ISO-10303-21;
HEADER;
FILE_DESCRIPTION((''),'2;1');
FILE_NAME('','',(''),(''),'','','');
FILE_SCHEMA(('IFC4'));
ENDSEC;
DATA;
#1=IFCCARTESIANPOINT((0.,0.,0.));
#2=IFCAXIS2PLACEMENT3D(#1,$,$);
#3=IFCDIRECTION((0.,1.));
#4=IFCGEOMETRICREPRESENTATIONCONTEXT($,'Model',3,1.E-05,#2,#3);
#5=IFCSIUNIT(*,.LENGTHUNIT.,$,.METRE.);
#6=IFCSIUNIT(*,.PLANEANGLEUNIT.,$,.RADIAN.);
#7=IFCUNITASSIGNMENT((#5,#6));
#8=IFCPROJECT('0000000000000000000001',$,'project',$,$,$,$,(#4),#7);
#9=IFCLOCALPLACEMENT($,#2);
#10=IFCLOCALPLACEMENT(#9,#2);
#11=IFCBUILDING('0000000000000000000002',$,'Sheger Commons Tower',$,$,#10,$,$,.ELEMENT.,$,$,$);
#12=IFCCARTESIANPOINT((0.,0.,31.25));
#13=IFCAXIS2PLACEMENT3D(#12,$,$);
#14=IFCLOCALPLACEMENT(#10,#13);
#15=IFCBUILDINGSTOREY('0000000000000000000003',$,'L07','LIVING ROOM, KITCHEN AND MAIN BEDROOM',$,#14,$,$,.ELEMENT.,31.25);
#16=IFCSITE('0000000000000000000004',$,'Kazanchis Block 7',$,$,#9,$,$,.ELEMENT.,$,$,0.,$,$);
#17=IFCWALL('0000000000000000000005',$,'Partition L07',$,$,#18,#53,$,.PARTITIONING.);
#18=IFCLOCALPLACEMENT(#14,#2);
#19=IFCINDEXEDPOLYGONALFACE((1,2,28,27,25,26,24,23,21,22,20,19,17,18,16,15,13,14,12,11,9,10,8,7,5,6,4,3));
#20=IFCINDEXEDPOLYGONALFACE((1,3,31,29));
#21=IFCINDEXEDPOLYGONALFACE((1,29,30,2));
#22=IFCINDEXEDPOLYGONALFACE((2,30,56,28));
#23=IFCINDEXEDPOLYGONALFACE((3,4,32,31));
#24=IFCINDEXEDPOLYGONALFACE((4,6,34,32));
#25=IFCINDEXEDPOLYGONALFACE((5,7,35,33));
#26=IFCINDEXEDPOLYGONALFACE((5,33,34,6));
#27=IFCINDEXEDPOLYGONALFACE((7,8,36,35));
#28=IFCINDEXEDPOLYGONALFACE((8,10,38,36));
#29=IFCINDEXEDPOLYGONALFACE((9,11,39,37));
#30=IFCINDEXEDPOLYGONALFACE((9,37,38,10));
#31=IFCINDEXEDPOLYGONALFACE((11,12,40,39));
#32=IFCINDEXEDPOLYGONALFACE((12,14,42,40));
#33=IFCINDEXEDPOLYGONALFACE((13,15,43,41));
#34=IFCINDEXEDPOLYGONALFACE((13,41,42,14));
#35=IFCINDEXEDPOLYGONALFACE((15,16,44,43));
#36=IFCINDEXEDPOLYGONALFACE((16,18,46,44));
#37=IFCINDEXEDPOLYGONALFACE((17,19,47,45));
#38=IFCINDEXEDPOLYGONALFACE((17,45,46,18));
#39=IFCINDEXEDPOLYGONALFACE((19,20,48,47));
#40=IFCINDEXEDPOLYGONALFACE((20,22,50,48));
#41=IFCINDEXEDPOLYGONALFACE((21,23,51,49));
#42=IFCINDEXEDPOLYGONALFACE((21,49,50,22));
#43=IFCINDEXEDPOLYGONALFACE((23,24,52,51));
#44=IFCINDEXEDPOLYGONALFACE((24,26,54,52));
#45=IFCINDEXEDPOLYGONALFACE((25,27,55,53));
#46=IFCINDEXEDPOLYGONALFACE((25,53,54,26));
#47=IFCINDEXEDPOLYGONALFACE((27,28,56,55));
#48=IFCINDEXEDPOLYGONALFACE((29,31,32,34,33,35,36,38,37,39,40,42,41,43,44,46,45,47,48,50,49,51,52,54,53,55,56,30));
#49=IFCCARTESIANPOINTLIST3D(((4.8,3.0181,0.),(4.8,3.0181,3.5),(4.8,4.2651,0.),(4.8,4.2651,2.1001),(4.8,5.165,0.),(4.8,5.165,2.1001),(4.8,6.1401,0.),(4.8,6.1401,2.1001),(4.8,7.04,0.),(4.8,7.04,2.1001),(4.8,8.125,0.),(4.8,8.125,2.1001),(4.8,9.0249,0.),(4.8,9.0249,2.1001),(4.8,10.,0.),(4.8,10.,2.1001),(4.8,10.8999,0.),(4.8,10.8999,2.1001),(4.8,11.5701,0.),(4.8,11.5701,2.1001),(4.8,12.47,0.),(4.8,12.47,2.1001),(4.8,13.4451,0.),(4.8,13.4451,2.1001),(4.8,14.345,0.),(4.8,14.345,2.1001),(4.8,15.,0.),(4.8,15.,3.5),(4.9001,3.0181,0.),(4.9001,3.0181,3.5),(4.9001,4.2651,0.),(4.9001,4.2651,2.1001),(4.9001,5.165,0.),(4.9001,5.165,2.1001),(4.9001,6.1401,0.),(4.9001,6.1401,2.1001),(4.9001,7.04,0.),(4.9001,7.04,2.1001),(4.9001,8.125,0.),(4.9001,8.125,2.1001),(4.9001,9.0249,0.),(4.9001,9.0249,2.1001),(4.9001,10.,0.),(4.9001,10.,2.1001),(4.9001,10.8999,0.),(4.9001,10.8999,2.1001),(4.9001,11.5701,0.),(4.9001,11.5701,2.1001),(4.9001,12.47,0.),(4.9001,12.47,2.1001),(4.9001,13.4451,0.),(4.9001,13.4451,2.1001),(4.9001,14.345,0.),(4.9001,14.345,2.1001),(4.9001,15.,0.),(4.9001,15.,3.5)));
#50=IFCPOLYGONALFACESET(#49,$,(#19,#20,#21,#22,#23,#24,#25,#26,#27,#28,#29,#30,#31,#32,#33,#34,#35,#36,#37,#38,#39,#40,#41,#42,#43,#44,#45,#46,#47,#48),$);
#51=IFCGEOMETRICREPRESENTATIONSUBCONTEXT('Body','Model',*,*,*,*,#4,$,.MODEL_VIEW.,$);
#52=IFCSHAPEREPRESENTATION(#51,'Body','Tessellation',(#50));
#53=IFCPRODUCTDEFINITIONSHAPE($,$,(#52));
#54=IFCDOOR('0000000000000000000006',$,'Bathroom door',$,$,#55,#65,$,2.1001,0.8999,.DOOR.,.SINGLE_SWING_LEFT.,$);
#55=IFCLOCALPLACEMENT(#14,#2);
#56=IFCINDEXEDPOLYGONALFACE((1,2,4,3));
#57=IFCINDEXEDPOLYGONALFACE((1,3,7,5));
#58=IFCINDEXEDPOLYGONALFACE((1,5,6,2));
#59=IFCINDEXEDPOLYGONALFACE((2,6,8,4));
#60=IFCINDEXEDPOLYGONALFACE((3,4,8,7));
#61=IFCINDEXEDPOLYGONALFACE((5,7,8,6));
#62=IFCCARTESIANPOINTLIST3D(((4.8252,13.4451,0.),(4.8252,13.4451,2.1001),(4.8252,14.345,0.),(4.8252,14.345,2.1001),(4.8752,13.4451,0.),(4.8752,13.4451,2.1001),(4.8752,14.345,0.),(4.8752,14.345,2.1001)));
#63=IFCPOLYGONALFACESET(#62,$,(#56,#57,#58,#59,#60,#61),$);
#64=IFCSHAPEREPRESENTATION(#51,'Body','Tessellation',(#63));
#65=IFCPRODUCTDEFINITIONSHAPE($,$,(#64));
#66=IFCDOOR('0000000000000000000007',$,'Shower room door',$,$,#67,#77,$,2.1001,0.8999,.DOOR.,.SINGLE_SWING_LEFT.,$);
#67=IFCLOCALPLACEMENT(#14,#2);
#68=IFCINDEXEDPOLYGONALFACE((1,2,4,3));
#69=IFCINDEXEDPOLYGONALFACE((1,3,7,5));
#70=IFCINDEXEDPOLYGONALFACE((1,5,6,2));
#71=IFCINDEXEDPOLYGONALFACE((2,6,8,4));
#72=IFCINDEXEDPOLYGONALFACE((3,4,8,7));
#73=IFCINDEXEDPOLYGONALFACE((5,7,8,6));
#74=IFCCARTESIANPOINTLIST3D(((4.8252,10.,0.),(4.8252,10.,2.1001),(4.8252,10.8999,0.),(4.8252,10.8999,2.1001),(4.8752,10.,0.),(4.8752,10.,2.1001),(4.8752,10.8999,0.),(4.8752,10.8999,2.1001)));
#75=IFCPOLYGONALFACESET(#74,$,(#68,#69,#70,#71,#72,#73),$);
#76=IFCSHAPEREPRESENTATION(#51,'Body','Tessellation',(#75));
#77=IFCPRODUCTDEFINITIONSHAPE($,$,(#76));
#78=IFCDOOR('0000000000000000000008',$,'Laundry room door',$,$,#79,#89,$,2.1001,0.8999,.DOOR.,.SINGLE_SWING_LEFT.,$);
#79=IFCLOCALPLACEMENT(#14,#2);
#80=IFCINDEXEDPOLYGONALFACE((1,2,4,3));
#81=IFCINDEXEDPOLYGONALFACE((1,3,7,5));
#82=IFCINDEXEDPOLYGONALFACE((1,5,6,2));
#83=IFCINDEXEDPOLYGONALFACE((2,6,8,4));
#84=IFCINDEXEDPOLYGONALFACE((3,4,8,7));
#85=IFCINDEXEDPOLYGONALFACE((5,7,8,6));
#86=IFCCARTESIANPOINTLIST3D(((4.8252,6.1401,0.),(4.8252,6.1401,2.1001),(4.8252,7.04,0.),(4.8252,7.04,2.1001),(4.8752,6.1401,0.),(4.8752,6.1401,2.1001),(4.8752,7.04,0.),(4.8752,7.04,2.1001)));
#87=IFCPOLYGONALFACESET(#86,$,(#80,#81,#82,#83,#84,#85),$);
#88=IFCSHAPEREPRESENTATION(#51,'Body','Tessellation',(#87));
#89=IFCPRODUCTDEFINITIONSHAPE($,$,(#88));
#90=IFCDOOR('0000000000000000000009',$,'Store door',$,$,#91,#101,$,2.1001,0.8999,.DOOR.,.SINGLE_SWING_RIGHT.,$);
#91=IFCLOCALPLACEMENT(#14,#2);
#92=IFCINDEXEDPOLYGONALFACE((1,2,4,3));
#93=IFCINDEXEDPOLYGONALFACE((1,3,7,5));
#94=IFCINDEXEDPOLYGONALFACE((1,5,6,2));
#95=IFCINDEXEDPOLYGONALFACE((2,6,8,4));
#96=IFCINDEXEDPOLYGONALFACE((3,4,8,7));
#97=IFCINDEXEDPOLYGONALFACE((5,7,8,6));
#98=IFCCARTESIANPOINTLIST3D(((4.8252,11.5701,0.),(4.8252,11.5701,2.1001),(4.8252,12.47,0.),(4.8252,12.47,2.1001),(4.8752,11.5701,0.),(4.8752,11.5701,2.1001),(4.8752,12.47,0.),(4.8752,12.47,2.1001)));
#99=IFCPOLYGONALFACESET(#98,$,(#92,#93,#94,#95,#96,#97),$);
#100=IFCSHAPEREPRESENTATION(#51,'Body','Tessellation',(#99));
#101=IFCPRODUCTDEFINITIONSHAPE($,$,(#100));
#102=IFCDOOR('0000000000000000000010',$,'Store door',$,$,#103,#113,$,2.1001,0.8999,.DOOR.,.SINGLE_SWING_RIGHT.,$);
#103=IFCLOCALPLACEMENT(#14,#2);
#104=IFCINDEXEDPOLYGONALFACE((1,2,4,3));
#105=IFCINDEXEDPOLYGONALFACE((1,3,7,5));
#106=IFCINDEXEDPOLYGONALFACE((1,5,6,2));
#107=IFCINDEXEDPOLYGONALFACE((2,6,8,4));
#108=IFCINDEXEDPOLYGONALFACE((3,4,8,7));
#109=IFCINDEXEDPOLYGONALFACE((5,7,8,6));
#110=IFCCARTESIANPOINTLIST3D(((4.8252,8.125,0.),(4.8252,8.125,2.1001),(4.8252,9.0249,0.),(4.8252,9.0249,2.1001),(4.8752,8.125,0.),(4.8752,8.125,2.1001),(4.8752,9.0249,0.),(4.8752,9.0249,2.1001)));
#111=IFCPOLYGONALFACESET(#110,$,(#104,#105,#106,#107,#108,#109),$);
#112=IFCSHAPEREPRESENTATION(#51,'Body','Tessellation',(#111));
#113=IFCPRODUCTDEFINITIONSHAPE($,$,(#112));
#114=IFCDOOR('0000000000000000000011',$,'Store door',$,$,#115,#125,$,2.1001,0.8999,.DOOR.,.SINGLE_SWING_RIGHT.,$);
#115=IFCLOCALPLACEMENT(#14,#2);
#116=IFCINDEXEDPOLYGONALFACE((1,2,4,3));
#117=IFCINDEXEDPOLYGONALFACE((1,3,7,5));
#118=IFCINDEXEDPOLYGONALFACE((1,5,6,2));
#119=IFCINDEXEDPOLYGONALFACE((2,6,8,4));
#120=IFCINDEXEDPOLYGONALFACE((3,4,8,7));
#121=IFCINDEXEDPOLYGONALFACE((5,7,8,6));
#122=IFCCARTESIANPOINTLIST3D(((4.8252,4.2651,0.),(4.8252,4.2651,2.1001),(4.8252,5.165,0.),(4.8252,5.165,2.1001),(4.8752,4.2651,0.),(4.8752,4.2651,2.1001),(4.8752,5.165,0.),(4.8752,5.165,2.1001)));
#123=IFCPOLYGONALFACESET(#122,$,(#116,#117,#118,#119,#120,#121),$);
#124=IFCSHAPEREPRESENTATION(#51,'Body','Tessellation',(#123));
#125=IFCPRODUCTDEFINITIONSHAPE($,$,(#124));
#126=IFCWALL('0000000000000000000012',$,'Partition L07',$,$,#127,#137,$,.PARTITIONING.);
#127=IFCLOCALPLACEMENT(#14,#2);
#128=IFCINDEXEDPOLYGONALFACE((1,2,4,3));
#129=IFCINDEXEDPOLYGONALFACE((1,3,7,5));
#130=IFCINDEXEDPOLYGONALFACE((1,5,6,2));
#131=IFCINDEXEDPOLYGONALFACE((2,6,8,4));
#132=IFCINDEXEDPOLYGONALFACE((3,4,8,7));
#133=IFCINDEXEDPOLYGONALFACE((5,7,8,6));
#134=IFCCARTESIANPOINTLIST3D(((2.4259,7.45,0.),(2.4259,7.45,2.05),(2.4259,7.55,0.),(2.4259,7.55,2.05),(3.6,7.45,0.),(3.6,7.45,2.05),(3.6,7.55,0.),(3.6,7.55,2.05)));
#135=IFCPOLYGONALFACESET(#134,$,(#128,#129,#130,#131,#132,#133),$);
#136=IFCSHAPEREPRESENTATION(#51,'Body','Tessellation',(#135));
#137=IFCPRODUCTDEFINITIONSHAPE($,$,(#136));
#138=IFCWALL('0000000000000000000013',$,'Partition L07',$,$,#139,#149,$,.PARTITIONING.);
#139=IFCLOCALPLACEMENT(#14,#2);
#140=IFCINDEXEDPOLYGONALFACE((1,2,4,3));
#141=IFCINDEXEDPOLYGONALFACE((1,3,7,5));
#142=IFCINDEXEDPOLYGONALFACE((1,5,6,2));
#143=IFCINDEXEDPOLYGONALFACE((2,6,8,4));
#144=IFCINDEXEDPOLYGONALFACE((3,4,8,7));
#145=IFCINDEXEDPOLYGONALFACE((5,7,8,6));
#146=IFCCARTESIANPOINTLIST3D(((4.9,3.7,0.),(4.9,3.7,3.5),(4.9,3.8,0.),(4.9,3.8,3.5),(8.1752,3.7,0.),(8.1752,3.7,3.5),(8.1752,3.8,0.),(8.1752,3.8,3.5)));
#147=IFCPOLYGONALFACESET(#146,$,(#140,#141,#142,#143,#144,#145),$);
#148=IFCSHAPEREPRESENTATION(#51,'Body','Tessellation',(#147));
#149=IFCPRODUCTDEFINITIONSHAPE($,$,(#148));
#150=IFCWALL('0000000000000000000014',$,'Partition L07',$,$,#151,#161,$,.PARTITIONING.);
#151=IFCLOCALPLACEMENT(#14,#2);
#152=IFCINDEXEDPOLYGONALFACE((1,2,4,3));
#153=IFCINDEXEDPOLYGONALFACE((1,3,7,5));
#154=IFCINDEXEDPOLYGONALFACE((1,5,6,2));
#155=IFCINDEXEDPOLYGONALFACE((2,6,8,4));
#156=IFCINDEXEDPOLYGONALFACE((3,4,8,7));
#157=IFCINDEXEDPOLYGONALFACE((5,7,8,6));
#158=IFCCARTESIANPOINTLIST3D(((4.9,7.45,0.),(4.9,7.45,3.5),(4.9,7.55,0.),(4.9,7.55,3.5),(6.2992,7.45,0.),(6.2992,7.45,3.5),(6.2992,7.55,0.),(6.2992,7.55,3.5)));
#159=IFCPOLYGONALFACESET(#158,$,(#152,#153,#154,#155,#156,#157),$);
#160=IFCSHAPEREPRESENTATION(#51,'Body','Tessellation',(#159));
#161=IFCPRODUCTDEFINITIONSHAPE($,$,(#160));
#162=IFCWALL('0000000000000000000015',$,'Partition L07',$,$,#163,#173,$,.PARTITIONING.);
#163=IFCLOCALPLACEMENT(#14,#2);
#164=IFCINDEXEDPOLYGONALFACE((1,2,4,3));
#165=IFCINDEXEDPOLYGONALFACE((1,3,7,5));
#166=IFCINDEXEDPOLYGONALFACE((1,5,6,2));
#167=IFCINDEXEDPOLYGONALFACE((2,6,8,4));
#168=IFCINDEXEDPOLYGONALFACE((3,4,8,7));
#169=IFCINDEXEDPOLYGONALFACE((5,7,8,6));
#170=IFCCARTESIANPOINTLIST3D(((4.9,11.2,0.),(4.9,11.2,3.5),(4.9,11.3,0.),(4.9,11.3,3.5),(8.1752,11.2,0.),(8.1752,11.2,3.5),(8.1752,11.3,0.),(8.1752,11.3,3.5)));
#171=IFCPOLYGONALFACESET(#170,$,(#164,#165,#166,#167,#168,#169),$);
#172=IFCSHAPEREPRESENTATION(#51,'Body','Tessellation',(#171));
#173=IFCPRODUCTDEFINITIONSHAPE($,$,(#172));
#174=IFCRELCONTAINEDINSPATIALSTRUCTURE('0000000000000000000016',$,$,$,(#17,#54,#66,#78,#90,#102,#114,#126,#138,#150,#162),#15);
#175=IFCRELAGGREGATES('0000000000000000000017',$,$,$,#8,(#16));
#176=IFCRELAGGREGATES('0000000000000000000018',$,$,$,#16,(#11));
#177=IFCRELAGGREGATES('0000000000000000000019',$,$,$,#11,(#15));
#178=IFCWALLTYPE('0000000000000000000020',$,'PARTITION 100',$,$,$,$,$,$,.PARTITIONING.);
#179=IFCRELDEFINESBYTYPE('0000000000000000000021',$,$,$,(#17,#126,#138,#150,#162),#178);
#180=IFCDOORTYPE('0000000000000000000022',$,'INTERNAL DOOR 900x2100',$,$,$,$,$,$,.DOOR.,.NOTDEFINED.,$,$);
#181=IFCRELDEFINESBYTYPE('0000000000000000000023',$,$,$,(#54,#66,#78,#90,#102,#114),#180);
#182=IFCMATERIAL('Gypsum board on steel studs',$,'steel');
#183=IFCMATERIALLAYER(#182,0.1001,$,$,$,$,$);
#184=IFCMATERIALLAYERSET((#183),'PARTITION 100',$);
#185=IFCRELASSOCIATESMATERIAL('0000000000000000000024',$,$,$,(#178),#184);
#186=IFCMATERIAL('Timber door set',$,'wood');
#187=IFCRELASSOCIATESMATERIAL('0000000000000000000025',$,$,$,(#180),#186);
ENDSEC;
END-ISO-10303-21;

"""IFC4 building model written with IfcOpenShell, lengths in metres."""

from ifc_helpers import new_model, si_unit, direction, frame, frame_2d, origin, place, context, subcontext, project, spatial, rectangle, extrude, material, layer, layer_set, type_object, element, fill, save


model = new_model("IFC4")

# Units and contexts
model_context = context("Model", 3, precision=1e-05, world=origin(), true_north=direction((0.0, 1.0)))
body_context = subcontext(model_context, "Body", "Model", "MODEL_VIEW")
ifc_project = project(units=[si_unit("LENGTHUNIT", "METRE"), si_unit("PLANEANGLEUNIT", "RADIAN")], contexts=[model_context])

# Site, building, storey
site_placement = place(None, origin())
site = spatial("IfcSite", under=ifc_project, at=site_placement, Name="Kazanchis Block 7", CompositionType="ELEMENT", RefElevation=0.0)
building_placement = place(site_placement, origin())
building = spatial("IfcBuilding", under=site, at=building_placement, Name="Sheger Commons Tower", CompositionType="ELEMENT")
storey_placement = place(building_placement, frame((0.0, 0.0, 31.25)))
storey = spatial("IfcBuildingStorey", under=building, at=storey_placement, Name="L07", Description="LIVING ROOM, KITCHEN AND MAIN BEDROOM", CompositionType="ELEMENT", Elevation=31.25)

# Wall, openings, doors
ifc_material_1 = material(Name="Gypsum board on steel studs", Category="steel")
ifc_layer = layer(ifc_material_1, 0.1001)
ifc_layer_set = layer_set([ifc_layer], Name="PARTITION 100")
wall_type = type_object("IfcWallType", Name="PARTITION 100", PredefinedType="PARTITIONING", material=ifc_layer_set)
ifc_material_2 = material(Name="Timber door set", Category="wood")
door_type = type_object("IfcDoorType", Name="INTERNAL DOOR 900x2100", OperationType="NOTDEFINED", PredefinedType="DOOR", material=ifc_material_2)
wall_1_placement = place(storey_placement, frame((4.8501, 3.0181, 0.0), z_axis=(0.0, 0.0, 1.0), x_axis=(0.0, 1.0, 0.0)))
wall_1 = element("IfcWall", 1, at=wall_1_placement, inside=storey, type_object=wall_type, Name="Partition L07", PredefinedType="PARTITIONING", context=body_context, shape_type="SweptSolid", body=[
    extrude(rectangle(XDim=11.9819, YDim=0.1001, at=frame_2d((5.991, 0.0))), origin(), (0.0, 0.0, 1.0), 3.5),
])
opening_1_placement = place(wall_1_placement, frame((10.427, 0.0, 0.0)))
opening_1 = element("IfcOpeningElement", 2, at=opening_1_placement, cuts=wall_1, PredefinedType="OPENING", context=body_context, shape_type="SweptSolid", body=[
    extrude(rectangle(XDim=0.8999, YDim=2.1001, at=frame_2d((0.45, 1.05))), frame((0.0, 0.0601, 0.0), z_axis=(0.0, -1.0, 0.0), x_axis=(1.0, 0.0, 0.0)), (0.0, 0.0, 1.0), 0.1201),
])
opening_2_placement = place(wall_1_placement, frame((6.9819, 0.0, 0.0)))
opening_2 = element("IfcOpeningElement", 3, at=opening_2_placement, cuts=wall_1, PredefinedType="OPENING", context=body_context, shape_type="SweptSolid", body=[
    extrude(rectangle(XDim=0.8999, YDim=2.1001, at=frame_2d((0.45, 1.05))), frame((0.0, 0.0601, 0.0), z_axis=(0.0, -1.0, 0.0), x_axis=(1.0, 0.0, 0.0)), (0.0, 0.0, 1.0), 0.1201),
])
opening_3_placement = place(wall_1_placement, frame((3.1221, 0.0, 0.0)))
opening_3 = element("IfcOpeningElement", 4, at=opening_3_placement, cuts=wall_1, PredefinedType="OPENING", context=body_context, shape_type="SweptSolid", body=[
    extrude(rectangle(XDim=0.8999, YDim=2.1001, at=frame_2d((0.45, 1.05))), frame((0.0, 0.0601, 0.0), z_axis=(0.0, -1.0, 0.0), x_axis=(1.0, 0.0, 0.0)), (0.0, 0.0, 1.0), 0.1201),
])
opening_4_placement = place(wall_1_placement, frame((8.552, 0.0, 0.0)))
opening_4 = element("IfcOpeningElement", 5, at=opening_4_placement, cuts=wall_1, PredefinedType="OPENING", context=body_context, shape_type="SweptSolid", body=[
    extrude(rectangle(XDim=0.8999, YDim=2.1001, at=frame_2d((0.45, 1.05))), frame((0.0, 0.0601, 0.0), z_axis=(0.0, -1.0, 0.0), x_axis=(1.0, 0.0, 0.0)), (0.0, 0.0, 1.0), 0.1201),
])
opening_5_placement = place(wall_1_placement, frame((5.1069, 0.0, 0.0)))
opening_5 = element("IfcOpeningElement", 6, at=opening_5_placement, cuts=wall_1, PredefinedType="OPENING", context=body_context, shape_type="SweptSolid", body=[
    extrude(rectangle(XDim=0.8999, YDim=2.1001, at=frame_2d((0.45, 1.05))), frame((0.0, 0.0601, 0.0), z_axis=(0.0, -1.0, 0.0), x_axis=(1.0, 0.0, 0.0)), (0.0, 0.0, 1.0), 0.1201),
])
opening_6_placement = place(wall_1_placement, frame((1.2471, 0.0, 0.0)))
opening_6 = element("IfcOpeningElement", 7, at=opening_6_placement, cuts=wall_1, PredefinedType="OPENING", context=body_context, shape_type="SweptSolid", body=[
    extrude(rectangle(XDim=0.8999, YDim=2.1001, at=frame_2d((0.45, 1.05))), frame((0.0, 0.0601, 0.0), z_axis=(0.0, -1.0, 0.0), x_axis=(1.0, 0.0, 0.0)), (0.0, 0.0, 1.0), 0.1201),
])
door_1_placement = place(opening_1_placement, origin())
door_1 = element("IfcDoor", 8, at=door_1_placement, inside=storey, type_object=door_type, Name="Bathroom door", OperationType="SINGLE_SWING_LEFT", OverallHeight=2.1001, OverallWidth=0.8999, PredefinedType="DOOR", context=body_context, shape_type="SweptSolid", body=[
    extrude(rectangle(XDim=0.8999, YDim=2.1001, at=frame_2d((0.45, 1.05))), frame((0.0, 0.0249, 0.0), z_axis=(0.0, -1.0, 0.0), x_axis=(1.0, 0.0, 0.0)), (0.0, 0.0, 1.0), 0.05),
])
fill(opening_1, door_1)
door_2_placement = place(opening_2_placement, origin())
door_2 = element("IfcDoor", 9, at=door_2_placement, inside=storey, type_object=door_type, Name="Shower room door", OperationType="SINGLE_SWING_LEFT", OverallHeight=2.1001, OverallWidth=0.8999, PredefinedType="DOOR", context=body_context, shape_type="SweptSolid", body=[
    extrude(rectangle(XDim=0.8999, YDim=2.1001, at=frame_2d((0.45, 1.05))), frame((0.0, 0.0249, 0.0), z_axis=(0.0, -1.0, 0.0), x_axis=(1.0, 0.0, 0.0)), (0.0, 0.0, 1.0), 0.05),
])
fill(opening_2, door_2)
door_3_placement = place(opening_3_placement, origin())
door_3 = element("IfcDoor", 10, at=door_3_placement, inside=storey, type_object=door_type, Name="Laundry room door", OperationType="SINGLE_SWING_LEFT", OverallHeight=2.1001, OverallWidth=0.8999, PredefinedType="DOOR", context=body_context, shape_type="SweptSolid", body=[
    extrude(rectangle(XDim=0.8999, YDim=2.1001, at=frame_2d((0.45, 1.05))), frame((0.0, 0.0249, 0.0), z_axis=(0.0, -1.0, 0.0), x_axis=(1.0, 0.0, 0.0)), (0.0, 0.0, 1.0), 0.05),
])
fill(opening_3, door_3)
door_4_placement = place(opening_4_placement, origin())
door_4 = element("IfcDoor", 11, at=door_4_placement, inside=storey, type_object=door_type, Name="Store door", OperationType="SINGLE_SWING_RIGHT", OverallHeight=2.1001, OverallWidth=0.8999, PredefinedType="DOOR", context=body_context, shape_type="SweptSolid", body=[
    extrude(rectangle(XDim=0.8999, YDim=2.1001, at=frame_2d((0.45, 1.05))), frame((0.0, 0.0249, 0.0), z_axis=(0.0, -1.0, 0.0), x_axis=(1.0, 0.0, 0.0)), (0.0, 0.0, 1.0), 0.05),
])
fill(opening_4, door_4)
door_5_placement = place(opening_5_placement, origin())
door_5 = element("IfcDoor", 12, at=door_5_placement, inside=storey, type_object=door_type, Name="Store door", OperationType="SINGLE_SWING_RIGHT", OverallHeight=2.1001, OverallWidth=0.8999, PredefinedType="DOOR", context=body_context, shape_type="SweptSolid", body=[
    extrude(rectangle(XDim=0.8999, YDim=2.1001, at=frame_2d((0.45, 1.05))), frame((0.0, 0.0249, 0.0), z_axis=(0.0, -1.0, 0.0), x_axis=(1.0, 0.0, 0.0)), (0.0, 0.0, 1.0), 0.05),
])
fill(opening_5, door_5)
door_6_placement = place(opening_6_placement, origin())
door_6 = element("IfcDoor", 13, at=door_6_placement, inside=storey, type_object=door_type, Name="Store door", OperationType="SINGLE_SWING_RIGHT", OverallHeight=2.1001, OverallWidth=0.8999, PredefinedType="DOOR", context=body_context, shape_type="SweptSolid", body=[
    extrude(rectangle(XDim=0.8999, YDim=2.1001, at=frame_2d((0.45, 1.05))), frame((0.0, 0.0249, 0.0), z_axis=(0.0, -1.0, 0.0), x_axis=(1.0, 0.0, 0.0)), (0.0, 0.0, 1.0), 0.05),
])
fill(opening_6, door_6)

# Walls
wall_2_placement = place(storey_placement, frame((2.426, 7.5, 0.0), z_axis=(0.0, 0.0, 1.0), x_axis=(1.0, 0.0, 0.0)))
element("IfcWall", 14, at=wall_2_placement, inside=storey, type_object=wall_type, Name="Partition L07", PredefinedType="PARTITIONING", context=body_context, shape_type="SweptSolid", body=[
    extrude(rectangle(XDim=1.1741, YDim=0.1001, at=frame_2d((0.5869, 0.0))), origin(), (0.0, 0.0, 1.0), 2.05),
])
wall_3_placement = place(storey_placement, frame((4.8999, 3.75, 0.0), z_axis=(0.0, 0.0, 1.0), x_axis=(1.0, 0.0, 0.0)))
element("IfcWall", 15, at=wall_3_placement, inside=storey, type_object=wall_type, Name="Partition L07", PredefinedType="PARTITIONING", context=body_context, shape_type="SweptSolid", body=[
    extrude(rectangle(XDim=3.2751, YDim=0.1001, at=frame_2d((1.6377, 0.0))), origin(), (0.0, 0.0, 1.0), 3.5),
])
wall_4_placement = place(storey_placement, frame((4.8999, 7.5, 0.0), z_axis=(0.0, 0.0, 1.0), x_axis=(1.0, 0.0, 0.0)))
element("IfcWall", 16, at=wall_4_placement, inside=storey, type_object=wall_type, Name="Partition L07", PredefinedType="PARTITIONING", context=body_context, shape_type="SweptSolid", body=[
    extrude(rectangle(XDim=1.3992, YDim=0.1001, at=frame_2d((0.6997, 0.0))), origin(), (0.0, 0.0, 1.0), 3.5),
])
for number, where, z_axis, x_axis, name in (
    (17, (4.8999, 11.25, 0.0), (0.0, 0.0, 1.0), (1.0, 0.0, 0.0), "Partition L07"),
):
    element("IfcWall", number, at=place(storey_placement, frame(where, z_axis=z_axis, x_axis=x_axis)), inside=storey, type_object=wall_type, Name=name, PredefinedType="PARTITIONING", context=body_context, shape_type="SweptSolid", body=[
        extrude(rectangle(XDim=3.2751, YDim=0.1001, at=frame_2d((1.6377, 0.0))), origin(), (0.0, 0.0, 1.0), 3.5),
    ])

save(model, "model.ifc")
